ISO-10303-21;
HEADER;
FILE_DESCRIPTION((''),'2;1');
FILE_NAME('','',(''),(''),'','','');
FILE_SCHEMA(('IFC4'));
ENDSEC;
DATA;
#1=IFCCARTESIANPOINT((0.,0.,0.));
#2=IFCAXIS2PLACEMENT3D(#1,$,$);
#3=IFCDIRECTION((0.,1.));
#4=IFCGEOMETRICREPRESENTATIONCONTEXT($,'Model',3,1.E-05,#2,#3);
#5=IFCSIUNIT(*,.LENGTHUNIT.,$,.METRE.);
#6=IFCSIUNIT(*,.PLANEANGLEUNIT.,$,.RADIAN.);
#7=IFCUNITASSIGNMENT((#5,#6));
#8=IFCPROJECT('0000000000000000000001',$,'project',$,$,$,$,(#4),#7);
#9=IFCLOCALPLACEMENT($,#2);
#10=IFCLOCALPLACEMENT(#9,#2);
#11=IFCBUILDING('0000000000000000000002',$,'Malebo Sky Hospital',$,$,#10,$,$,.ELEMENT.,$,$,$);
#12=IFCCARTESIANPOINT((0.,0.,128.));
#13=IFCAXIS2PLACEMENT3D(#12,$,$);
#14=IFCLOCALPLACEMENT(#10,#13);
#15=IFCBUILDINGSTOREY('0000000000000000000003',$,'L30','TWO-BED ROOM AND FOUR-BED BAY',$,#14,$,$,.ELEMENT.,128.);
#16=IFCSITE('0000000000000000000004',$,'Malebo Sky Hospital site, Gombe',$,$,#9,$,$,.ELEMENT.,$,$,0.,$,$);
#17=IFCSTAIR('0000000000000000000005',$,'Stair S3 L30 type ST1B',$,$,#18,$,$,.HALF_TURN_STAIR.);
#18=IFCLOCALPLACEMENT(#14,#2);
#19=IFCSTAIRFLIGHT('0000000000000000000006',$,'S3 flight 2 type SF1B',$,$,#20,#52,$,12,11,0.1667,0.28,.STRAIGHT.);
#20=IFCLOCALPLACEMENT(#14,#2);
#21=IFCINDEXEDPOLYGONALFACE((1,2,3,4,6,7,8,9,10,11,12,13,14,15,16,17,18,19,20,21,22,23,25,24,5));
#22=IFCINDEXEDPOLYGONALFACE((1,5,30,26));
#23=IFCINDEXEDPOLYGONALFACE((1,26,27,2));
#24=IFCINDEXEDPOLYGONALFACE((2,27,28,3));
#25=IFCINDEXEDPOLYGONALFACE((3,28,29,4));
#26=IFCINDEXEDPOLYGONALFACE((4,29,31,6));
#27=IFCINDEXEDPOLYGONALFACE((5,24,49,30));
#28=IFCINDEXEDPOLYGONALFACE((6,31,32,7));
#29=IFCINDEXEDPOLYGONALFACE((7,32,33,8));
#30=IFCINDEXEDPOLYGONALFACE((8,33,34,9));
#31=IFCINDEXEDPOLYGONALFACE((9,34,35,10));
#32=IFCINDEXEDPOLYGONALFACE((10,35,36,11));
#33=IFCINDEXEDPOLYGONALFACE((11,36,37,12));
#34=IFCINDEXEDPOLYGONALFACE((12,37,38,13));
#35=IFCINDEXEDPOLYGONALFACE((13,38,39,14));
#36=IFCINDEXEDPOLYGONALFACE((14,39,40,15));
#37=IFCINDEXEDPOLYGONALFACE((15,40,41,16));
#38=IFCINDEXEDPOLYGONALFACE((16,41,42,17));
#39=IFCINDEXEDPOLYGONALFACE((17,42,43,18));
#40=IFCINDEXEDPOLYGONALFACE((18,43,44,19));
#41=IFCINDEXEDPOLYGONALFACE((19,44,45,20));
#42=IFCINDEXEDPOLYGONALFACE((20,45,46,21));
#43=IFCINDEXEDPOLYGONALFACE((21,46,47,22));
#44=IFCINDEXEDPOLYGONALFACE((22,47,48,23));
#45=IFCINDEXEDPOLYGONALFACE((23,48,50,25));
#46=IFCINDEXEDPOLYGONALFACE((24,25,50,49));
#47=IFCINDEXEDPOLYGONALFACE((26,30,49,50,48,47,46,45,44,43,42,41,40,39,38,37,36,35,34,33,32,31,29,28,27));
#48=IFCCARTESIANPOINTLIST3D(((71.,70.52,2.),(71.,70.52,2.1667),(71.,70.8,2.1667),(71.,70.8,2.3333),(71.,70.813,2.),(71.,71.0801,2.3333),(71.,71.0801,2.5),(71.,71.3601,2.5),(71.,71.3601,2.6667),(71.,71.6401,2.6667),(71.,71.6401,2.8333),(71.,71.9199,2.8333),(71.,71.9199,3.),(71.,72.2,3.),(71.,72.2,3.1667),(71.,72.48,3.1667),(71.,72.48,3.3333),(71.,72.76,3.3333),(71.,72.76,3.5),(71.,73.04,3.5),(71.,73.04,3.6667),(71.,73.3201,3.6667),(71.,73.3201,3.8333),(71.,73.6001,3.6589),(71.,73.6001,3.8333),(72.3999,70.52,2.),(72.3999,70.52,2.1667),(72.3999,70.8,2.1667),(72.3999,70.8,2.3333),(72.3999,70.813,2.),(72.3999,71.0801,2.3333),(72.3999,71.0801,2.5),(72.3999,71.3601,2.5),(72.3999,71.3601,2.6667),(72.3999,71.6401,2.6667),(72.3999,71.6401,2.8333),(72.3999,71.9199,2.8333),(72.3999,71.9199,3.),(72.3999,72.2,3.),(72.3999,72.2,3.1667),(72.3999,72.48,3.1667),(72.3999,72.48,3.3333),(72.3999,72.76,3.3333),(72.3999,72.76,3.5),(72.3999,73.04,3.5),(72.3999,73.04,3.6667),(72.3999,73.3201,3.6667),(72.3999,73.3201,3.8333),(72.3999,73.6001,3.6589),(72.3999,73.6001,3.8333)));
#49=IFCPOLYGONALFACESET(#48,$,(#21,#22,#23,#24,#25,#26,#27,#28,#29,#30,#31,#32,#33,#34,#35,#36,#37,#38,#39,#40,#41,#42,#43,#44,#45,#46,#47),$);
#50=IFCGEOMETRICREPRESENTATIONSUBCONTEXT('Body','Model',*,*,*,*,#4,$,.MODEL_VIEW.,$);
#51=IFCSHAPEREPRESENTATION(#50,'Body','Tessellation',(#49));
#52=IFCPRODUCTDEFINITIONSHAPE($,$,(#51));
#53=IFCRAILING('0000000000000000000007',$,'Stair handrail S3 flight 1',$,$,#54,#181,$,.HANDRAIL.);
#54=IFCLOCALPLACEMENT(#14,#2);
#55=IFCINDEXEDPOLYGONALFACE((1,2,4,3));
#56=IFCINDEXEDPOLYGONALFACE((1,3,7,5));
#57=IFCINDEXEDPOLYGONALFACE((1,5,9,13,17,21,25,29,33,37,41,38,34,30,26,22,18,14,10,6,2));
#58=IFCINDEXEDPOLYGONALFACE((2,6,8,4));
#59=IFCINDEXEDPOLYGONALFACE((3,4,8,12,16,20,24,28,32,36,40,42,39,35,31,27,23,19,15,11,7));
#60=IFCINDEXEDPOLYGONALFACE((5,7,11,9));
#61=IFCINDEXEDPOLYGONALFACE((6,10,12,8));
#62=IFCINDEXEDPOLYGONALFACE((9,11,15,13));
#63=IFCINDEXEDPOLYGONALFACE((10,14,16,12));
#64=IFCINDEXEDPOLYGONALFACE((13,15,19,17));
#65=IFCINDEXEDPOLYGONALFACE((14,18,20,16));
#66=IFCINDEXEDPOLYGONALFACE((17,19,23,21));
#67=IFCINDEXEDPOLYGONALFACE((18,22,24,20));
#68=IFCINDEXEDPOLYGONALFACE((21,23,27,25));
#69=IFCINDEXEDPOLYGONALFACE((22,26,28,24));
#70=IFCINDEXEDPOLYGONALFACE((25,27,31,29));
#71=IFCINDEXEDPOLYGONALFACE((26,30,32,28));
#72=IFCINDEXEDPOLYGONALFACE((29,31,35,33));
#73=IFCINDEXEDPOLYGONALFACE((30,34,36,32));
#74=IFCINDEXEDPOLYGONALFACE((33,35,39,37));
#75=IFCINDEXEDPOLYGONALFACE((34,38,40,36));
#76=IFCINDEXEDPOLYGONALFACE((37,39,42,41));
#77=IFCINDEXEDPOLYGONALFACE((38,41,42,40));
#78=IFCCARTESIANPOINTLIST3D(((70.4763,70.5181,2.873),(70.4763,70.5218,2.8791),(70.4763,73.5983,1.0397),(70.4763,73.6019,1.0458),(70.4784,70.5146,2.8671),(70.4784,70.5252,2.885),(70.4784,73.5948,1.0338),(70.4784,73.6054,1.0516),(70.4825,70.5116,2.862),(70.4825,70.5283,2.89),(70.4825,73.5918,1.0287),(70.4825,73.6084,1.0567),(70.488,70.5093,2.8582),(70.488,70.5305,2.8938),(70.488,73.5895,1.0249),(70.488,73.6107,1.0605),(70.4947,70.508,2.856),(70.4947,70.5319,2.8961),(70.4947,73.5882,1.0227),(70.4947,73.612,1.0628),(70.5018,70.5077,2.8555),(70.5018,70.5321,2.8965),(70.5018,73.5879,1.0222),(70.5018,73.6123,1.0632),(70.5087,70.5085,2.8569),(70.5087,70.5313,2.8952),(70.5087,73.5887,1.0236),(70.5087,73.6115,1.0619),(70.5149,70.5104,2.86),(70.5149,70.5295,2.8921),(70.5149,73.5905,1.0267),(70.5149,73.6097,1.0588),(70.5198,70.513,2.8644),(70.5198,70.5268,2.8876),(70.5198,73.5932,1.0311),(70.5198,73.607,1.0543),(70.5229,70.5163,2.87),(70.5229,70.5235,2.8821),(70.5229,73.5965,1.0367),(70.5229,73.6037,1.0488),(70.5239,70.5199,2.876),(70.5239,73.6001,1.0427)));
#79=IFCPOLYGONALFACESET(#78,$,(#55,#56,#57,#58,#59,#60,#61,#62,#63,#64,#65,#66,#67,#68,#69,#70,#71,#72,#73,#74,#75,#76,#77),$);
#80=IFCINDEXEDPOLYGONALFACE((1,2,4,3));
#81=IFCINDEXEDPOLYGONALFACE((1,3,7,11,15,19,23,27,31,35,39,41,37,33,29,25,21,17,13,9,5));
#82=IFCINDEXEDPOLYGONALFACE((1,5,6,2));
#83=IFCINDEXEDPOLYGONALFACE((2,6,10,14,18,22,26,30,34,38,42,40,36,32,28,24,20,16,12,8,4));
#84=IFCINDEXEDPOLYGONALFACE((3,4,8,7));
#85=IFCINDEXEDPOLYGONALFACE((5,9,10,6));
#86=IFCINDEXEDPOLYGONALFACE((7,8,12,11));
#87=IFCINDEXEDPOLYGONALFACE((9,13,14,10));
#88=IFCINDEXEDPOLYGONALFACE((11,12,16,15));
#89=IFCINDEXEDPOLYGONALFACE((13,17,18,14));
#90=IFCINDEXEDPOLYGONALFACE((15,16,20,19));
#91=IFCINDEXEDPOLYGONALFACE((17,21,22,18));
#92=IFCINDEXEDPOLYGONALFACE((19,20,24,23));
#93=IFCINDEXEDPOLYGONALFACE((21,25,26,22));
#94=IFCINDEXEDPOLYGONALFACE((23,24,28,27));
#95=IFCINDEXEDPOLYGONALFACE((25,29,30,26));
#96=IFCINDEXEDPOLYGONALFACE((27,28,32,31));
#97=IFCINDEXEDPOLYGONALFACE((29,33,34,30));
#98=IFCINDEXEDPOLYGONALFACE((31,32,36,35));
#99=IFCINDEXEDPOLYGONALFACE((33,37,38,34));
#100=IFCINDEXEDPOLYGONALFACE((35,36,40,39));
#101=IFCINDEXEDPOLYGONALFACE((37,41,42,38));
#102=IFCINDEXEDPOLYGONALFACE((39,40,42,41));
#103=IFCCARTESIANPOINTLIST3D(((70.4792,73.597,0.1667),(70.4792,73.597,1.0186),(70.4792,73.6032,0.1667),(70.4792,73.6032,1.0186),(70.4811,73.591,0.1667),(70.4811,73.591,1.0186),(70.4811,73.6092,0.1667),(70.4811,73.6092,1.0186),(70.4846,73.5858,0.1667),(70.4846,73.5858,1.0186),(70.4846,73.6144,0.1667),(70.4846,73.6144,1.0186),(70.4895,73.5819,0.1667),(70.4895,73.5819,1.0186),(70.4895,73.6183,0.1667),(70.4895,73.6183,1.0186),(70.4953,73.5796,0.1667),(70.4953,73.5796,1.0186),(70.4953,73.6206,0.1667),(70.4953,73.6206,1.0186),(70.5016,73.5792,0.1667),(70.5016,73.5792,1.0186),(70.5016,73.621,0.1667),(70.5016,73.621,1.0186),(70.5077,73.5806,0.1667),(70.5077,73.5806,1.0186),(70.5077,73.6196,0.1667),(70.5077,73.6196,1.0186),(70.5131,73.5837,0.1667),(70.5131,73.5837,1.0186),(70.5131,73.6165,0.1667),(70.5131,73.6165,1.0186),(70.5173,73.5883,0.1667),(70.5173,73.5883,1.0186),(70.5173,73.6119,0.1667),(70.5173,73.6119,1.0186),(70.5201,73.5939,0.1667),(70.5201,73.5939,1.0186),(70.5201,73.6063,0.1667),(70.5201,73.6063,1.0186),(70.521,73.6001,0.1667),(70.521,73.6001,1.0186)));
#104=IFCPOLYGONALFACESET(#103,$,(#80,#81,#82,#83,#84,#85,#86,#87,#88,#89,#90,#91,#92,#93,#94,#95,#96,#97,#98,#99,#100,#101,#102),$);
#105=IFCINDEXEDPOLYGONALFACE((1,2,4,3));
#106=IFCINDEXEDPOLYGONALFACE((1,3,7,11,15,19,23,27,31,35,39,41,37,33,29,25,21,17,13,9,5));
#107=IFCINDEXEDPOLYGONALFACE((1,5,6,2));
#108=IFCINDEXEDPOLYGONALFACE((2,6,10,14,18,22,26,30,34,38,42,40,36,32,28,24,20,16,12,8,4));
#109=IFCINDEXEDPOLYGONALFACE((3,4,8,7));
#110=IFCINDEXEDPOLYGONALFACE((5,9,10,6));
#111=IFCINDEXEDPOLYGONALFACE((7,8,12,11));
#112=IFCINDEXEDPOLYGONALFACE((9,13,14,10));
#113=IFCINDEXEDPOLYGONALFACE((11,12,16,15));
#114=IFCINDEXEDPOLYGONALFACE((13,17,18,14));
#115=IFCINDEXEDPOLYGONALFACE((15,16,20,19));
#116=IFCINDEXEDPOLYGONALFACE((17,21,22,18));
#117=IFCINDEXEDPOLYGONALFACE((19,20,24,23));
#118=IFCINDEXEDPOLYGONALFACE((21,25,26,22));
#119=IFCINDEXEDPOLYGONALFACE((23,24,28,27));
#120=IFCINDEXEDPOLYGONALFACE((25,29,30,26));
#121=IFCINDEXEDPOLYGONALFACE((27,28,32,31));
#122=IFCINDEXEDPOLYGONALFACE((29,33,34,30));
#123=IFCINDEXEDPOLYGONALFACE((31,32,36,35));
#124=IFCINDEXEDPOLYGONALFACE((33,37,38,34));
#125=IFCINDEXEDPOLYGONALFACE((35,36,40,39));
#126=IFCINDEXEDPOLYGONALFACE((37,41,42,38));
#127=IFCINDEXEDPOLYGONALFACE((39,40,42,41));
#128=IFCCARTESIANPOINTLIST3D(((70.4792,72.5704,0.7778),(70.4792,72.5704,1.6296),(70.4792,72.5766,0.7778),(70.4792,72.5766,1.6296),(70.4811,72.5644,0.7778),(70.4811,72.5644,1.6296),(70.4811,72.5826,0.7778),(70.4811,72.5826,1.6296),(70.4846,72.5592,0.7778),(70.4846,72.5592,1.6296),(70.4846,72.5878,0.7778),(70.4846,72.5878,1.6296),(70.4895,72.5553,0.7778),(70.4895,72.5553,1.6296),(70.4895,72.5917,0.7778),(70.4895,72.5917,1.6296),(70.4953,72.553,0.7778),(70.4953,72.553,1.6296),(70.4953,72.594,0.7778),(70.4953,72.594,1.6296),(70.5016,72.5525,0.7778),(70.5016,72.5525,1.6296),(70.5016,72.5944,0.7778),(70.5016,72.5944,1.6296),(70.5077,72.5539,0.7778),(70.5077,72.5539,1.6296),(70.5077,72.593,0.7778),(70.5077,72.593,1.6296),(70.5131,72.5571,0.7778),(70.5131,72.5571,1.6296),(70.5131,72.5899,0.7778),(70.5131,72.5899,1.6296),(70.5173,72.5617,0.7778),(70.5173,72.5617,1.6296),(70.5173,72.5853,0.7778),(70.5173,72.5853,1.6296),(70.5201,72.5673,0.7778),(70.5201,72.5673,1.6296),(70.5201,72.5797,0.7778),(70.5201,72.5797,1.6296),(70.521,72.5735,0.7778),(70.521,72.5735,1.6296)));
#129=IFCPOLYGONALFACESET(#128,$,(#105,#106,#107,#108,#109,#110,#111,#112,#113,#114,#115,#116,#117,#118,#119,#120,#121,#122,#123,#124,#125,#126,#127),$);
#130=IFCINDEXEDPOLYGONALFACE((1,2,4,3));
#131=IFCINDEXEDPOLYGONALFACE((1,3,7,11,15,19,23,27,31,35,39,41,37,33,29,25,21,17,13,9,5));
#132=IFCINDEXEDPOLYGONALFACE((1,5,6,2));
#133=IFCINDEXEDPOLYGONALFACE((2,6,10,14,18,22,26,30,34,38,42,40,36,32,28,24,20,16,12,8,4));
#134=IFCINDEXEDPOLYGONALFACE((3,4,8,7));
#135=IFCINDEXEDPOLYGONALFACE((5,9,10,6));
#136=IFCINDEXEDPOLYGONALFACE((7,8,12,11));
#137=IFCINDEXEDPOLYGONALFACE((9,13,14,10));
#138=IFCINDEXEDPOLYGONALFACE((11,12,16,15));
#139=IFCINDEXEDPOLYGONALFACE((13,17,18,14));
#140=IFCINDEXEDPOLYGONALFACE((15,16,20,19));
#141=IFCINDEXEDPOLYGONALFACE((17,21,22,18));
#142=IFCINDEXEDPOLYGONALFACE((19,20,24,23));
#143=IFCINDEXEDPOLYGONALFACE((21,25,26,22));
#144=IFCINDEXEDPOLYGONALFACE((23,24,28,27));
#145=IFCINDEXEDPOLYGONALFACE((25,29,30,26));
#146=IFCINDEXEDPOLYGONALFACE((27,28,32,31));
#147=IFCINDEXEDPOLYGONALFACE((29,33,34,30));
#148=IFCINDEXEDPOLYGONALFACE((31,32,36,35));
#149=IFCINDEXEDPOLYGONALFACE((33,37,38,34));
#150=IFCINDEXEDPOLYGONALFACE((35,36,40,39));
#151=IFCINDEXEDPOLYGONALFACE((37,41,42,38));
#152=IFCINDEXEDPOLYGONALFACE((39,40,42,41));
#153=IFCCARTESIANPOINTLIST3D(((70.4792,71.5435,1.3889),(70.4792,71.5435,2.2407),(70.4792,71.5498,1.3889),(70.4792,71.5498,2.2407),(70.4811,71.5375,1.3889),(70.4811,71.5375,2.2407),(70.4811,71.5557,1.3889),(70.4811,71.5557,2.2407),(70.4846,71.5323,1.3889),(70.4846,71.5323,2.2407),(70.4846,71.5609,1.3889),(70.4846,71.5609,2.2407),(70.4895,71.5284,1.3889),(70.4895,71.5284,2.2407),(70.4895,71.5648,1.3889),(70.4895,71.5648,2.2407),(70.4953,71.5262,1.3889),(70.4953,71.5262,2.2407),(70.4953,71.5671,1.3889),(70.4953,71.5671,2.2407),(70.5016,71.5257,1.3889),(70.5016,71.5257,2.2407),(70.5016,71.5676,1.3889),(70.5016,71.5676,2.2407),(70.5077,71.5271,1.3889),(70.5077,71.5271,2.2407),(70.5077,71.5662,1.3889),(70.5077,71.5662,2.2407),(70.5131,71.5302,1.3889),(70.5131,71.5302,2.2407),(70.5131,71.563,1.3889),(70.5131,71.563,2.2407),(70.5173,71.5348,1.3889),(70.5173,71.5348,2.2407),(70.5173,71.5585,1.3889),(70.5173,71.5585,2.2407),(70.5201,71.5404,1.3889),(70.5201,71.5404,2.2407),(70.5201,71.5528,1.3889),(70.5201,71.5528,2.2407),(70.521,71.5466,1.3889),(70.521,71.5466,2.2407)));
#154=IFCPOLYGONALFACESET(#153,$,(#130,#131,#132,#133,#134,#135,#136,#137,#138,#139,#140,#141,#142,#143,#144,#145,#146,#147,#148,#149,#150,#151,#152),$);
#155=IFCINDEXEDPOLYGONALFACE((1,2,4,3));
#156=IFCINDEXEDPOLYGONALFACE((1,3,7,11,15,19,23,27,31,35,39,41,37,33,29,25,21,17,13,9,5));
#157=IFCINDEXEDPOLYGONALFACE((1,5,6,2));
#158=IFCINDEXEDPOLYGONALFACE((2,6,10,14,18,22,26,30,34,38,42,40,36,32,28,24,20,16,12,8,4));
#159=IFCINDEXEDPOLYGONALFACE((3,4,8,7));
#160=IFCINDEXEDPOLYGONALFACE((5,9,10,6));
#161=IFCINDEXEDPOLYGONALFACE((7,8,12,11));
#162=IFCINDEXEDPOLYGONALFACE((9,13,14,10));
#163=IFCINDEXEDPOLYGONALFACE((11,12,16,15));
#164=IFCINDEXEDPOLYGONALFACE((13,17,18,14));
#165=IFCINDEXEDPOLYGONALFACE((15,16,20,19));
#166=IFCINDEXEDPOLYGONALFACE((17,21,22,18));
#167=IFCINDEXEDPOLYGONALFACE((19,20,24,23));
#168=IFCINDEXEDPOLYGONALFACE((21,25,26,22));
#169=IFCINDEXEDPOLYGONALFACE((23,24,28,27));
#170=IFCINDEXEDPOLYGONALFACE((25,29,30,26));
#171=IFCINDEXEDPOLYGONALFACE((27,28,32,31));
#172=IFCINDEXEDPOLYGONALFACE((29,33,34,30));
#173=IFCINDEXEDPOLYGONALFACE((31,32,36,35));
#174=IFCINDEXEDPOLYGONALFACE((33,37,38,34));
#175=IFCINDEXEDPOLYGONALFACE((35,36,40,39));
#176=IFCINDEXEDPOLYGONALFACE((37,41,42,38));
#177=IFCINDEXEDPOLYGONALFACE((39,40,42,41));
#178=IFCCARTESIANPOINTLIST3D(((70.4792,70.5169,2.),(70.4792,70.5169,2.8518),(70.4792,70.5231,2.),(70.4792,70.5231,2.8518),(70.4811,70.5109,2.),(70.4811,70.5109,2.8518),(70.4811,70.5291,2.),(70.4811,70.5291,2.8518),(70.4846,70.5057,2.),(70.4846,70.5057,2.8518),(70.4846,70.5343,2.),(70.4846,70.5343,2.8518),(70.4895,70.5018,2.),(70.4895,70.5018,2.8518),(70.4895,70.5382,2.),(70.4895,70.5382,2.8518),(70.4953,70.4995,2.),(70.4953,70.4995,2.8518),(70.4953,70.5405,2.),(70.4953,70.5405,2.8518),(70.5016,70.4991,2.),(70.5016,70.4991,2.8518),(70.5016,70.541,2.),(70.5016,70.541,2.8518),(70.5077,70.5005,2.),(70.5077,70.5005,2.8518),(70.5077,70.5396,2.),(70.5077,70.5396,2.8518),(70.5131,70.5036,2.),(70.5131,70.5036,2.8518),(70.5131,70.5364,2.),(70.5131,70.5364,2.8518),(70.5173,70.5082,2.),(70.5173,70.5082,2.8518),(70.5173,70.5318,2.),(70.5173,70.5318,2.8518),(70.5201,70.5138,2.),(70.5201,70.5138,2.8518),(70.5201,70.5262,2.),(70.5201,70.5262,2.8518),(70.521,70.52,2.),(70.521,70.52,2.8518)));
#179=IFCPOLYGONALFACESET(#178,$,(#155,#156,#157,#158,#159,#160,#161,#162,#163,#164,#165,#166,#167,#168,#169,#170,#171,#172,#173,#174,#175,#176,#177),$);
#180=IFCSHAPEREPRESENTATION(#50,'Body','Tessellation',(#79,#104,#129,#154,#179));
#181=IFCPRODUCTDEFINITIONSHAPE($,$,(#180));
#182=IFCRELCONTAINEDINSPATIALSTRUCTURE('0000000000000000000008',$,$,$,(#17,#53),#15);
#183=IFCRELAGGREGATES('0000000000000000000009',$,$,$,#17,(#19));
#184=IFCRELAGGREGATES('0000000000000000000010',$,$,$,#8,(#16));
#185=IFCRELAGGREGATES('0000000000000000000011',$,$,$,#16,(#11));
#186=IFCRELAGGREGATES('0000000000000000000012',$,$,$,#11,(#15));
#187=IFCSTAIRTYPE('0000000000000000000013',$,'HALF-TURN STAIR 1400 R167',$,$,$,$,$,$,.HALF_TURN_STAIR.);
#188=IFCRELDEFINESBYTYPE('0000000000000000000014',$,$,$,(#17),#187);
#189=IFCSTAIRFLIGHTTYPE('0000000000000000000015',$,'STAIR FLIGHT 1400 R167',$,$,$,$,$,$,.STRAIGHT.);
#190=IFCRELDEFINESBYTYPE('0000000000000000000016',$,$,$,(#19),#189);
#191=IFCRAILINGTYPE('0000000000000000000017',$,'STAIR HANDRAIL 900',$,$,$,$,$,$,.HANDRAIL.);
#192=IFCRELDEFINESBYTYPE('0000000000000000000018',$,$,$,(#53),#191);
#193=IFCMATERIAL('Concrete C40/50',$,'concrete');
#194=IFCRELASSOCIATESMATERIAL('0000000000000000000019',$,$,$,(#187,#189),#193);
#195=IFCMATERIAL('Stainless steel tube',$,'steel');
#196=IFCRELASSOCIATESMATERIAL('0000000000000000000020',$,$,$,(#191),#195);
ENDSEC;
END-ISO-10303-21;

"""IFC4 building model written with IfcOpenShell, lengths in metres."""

from ifc_helpers import new_model, si_unit, direction, frame, origin, origin_2d, place, context, subcontext, project, spatial, polyline, circle, outline, extrude, material, type_object, element, aggregate, save


model = new_model("IFC4")

# Units and contexts
model_context = context("Model", 3, precision=1e-05, world=origin(), true_north=direction((0.0, 1.0)))
body_context = subcontext(model_context, "Body", "Model", "MODEL_VIEW")
ifc_project = project(units=[si_unit("LENGTHUNIT", "METRE"), si_unit("PLANEANGLEUNIT", "RADIAN")], contexts=[model_context])

# Site, building, storey
site_placement = place(None, origin())
site = spatial("IfcSite", under=ifc_project, at=site_placement, Name="Malebo Sky Hospital site, Gombe", CompositionType="ELEMENT", RefElevation=0.0)
building_placement = place(site_placement, origin())
building = spatial("IfcBuilding", under=site, at=building_placement, Name="Malebo Sky Hospital", CompositionType="ELEMENT")
storey_placement = place(building_placement, frame((0.0, 0.0, 128.0)))
storey = spatial("IfcBuildingStorey", under=building, at=storey_placement, Name="L30", Description="TWO-BED ROOM AND FOUR-BED BAY", CompositionType="ELEMENT", Elevation=128.0)

# Shared definitions
ifc_material_1 = material(Name="Concrete C40/50", Category="concrete")

# Stair, stair flight
stair_type = type_object("IfcStairType", Name="HALF-TURN STAIR 1400 R167", PredefinedType="HALF_TURN_STAIR", material=ifc_material_1)
stair_placement = place(storey_placement, origin())
stair = element("IfcStair", 1, at=stair_placement, inside=storey, type_object=stair_type, Name="Stair S3 L30 type ST1B", PredefinedType="HALF_TURN_STAIR")
stair_flight_type = type_object("IfcStairFlightType", Name="STAIR FLIGHT 1400 R167", PredefinedType="STRAIGHT", material=ifc_material_1)
stair_flight_1_placement = place(storey_placement, frame((71.7, 70.52, 2.0), z_axis=(0.0, 0.0, 1.0), x_axis=(0.0, 1.0, 0.0)))
stair_flight_1 = element("IfcStairFlight", 2, at=stair_flight_1_placement, type_object=stair_flight_type, Name="S3 flight 2 type SF1B", NumberOfRisers=12, NumberOfTreads=11, PredefinedType="STRAIGHT", RiserHeight=0.1667, TreadLength=0.28, context=body_context, shape_type="SweptSolid", body=[
    extrude(outline(polyline([(0.0, 0.0), (0.0, 0.1667), (0.28, 0.1667), (0.28, 0.3333), (0.5601, 0.3333), (0.5601, 0.5), (0.8401, 0.5), (0.8401, 0.6667), (1.1201, 0.6667), (1.1201, 0.8333), (1.3999, 0.8333), (1.3999, 1.0), (1.6799, 1.0), (1.6799, 1.1667), (1.96, 1.1667), (1.96, 1.3333), (2.24, 1.3333), (2.24, 1.5), (2.52, 1.5), (2.52, 1.6667), (2.8, 1.6667), (2.8, 1.8333), (3.0801, 1.8333), (3.0801, 2.0), (3.0801, 1.6589), (0.293, 0.0), (0.0, 0.0)])), frame((0.0, 0.7, 0.0), z_axis=(0.0, -1.0, 0.0), x_axis=(1.0, 0.0, 0.0)), (0.0, 0.0, 1.0), 1.3999),
])
aggregate(stair, [stair_flight_1])

# Railing
ifc_material_2 = material(Name="Stainless steel tube", Category="steel")
railing_type = type_object("IfcRailingType", Name="STAIR HANDRAIL 900", PredefinedType="HANDRAIL", material=ifc_material_2)
railing_1_placement = place(storey_placement, frame((70.5, 73.6001, 0.1667)))
element("IfcRailing", 3, at=railing_1_placement, inside=storey, type_object=railing_type, Name="Stair handrail S3 flight 1", PredefinedType="HANDRAIL", context=body_context, shape_type="SweptSolid", body=[
    extrude(circle(Radius=0.0239, at=origin_2d()), frame((0.0, 0.0, 0.876), z_axis=(0.0, -0.859309, 0.511458), x_axis=(1.0, 0.0, 0.0)), (0.0, 0.0, 1.0), 3.5845),
    extrude(circle(Radius=0.021, at=origin_2d()), origin(), (0.0, 0.0, 1.0), 0.8518),
    extrude(circle(Radius=0.021, at=origin_2d()), frame((0.0, -1.0266, 0.6111)), (0.0, 0.0, 1.0), 0.8518),
    extrude(circle(Radius=0.021, at=origin_2d()), frame((0.0, -2.0535, 1.2222)), (0.0, 0.0, 1.0), 0.8518),
    extrude(circle(Radius=0.021, at=origin_2d()), frame((0.0, -3.0801, 1.8333)), (0.0, 0.0, 1.0), 0.8518),
])

save(model, "model.ifc")
